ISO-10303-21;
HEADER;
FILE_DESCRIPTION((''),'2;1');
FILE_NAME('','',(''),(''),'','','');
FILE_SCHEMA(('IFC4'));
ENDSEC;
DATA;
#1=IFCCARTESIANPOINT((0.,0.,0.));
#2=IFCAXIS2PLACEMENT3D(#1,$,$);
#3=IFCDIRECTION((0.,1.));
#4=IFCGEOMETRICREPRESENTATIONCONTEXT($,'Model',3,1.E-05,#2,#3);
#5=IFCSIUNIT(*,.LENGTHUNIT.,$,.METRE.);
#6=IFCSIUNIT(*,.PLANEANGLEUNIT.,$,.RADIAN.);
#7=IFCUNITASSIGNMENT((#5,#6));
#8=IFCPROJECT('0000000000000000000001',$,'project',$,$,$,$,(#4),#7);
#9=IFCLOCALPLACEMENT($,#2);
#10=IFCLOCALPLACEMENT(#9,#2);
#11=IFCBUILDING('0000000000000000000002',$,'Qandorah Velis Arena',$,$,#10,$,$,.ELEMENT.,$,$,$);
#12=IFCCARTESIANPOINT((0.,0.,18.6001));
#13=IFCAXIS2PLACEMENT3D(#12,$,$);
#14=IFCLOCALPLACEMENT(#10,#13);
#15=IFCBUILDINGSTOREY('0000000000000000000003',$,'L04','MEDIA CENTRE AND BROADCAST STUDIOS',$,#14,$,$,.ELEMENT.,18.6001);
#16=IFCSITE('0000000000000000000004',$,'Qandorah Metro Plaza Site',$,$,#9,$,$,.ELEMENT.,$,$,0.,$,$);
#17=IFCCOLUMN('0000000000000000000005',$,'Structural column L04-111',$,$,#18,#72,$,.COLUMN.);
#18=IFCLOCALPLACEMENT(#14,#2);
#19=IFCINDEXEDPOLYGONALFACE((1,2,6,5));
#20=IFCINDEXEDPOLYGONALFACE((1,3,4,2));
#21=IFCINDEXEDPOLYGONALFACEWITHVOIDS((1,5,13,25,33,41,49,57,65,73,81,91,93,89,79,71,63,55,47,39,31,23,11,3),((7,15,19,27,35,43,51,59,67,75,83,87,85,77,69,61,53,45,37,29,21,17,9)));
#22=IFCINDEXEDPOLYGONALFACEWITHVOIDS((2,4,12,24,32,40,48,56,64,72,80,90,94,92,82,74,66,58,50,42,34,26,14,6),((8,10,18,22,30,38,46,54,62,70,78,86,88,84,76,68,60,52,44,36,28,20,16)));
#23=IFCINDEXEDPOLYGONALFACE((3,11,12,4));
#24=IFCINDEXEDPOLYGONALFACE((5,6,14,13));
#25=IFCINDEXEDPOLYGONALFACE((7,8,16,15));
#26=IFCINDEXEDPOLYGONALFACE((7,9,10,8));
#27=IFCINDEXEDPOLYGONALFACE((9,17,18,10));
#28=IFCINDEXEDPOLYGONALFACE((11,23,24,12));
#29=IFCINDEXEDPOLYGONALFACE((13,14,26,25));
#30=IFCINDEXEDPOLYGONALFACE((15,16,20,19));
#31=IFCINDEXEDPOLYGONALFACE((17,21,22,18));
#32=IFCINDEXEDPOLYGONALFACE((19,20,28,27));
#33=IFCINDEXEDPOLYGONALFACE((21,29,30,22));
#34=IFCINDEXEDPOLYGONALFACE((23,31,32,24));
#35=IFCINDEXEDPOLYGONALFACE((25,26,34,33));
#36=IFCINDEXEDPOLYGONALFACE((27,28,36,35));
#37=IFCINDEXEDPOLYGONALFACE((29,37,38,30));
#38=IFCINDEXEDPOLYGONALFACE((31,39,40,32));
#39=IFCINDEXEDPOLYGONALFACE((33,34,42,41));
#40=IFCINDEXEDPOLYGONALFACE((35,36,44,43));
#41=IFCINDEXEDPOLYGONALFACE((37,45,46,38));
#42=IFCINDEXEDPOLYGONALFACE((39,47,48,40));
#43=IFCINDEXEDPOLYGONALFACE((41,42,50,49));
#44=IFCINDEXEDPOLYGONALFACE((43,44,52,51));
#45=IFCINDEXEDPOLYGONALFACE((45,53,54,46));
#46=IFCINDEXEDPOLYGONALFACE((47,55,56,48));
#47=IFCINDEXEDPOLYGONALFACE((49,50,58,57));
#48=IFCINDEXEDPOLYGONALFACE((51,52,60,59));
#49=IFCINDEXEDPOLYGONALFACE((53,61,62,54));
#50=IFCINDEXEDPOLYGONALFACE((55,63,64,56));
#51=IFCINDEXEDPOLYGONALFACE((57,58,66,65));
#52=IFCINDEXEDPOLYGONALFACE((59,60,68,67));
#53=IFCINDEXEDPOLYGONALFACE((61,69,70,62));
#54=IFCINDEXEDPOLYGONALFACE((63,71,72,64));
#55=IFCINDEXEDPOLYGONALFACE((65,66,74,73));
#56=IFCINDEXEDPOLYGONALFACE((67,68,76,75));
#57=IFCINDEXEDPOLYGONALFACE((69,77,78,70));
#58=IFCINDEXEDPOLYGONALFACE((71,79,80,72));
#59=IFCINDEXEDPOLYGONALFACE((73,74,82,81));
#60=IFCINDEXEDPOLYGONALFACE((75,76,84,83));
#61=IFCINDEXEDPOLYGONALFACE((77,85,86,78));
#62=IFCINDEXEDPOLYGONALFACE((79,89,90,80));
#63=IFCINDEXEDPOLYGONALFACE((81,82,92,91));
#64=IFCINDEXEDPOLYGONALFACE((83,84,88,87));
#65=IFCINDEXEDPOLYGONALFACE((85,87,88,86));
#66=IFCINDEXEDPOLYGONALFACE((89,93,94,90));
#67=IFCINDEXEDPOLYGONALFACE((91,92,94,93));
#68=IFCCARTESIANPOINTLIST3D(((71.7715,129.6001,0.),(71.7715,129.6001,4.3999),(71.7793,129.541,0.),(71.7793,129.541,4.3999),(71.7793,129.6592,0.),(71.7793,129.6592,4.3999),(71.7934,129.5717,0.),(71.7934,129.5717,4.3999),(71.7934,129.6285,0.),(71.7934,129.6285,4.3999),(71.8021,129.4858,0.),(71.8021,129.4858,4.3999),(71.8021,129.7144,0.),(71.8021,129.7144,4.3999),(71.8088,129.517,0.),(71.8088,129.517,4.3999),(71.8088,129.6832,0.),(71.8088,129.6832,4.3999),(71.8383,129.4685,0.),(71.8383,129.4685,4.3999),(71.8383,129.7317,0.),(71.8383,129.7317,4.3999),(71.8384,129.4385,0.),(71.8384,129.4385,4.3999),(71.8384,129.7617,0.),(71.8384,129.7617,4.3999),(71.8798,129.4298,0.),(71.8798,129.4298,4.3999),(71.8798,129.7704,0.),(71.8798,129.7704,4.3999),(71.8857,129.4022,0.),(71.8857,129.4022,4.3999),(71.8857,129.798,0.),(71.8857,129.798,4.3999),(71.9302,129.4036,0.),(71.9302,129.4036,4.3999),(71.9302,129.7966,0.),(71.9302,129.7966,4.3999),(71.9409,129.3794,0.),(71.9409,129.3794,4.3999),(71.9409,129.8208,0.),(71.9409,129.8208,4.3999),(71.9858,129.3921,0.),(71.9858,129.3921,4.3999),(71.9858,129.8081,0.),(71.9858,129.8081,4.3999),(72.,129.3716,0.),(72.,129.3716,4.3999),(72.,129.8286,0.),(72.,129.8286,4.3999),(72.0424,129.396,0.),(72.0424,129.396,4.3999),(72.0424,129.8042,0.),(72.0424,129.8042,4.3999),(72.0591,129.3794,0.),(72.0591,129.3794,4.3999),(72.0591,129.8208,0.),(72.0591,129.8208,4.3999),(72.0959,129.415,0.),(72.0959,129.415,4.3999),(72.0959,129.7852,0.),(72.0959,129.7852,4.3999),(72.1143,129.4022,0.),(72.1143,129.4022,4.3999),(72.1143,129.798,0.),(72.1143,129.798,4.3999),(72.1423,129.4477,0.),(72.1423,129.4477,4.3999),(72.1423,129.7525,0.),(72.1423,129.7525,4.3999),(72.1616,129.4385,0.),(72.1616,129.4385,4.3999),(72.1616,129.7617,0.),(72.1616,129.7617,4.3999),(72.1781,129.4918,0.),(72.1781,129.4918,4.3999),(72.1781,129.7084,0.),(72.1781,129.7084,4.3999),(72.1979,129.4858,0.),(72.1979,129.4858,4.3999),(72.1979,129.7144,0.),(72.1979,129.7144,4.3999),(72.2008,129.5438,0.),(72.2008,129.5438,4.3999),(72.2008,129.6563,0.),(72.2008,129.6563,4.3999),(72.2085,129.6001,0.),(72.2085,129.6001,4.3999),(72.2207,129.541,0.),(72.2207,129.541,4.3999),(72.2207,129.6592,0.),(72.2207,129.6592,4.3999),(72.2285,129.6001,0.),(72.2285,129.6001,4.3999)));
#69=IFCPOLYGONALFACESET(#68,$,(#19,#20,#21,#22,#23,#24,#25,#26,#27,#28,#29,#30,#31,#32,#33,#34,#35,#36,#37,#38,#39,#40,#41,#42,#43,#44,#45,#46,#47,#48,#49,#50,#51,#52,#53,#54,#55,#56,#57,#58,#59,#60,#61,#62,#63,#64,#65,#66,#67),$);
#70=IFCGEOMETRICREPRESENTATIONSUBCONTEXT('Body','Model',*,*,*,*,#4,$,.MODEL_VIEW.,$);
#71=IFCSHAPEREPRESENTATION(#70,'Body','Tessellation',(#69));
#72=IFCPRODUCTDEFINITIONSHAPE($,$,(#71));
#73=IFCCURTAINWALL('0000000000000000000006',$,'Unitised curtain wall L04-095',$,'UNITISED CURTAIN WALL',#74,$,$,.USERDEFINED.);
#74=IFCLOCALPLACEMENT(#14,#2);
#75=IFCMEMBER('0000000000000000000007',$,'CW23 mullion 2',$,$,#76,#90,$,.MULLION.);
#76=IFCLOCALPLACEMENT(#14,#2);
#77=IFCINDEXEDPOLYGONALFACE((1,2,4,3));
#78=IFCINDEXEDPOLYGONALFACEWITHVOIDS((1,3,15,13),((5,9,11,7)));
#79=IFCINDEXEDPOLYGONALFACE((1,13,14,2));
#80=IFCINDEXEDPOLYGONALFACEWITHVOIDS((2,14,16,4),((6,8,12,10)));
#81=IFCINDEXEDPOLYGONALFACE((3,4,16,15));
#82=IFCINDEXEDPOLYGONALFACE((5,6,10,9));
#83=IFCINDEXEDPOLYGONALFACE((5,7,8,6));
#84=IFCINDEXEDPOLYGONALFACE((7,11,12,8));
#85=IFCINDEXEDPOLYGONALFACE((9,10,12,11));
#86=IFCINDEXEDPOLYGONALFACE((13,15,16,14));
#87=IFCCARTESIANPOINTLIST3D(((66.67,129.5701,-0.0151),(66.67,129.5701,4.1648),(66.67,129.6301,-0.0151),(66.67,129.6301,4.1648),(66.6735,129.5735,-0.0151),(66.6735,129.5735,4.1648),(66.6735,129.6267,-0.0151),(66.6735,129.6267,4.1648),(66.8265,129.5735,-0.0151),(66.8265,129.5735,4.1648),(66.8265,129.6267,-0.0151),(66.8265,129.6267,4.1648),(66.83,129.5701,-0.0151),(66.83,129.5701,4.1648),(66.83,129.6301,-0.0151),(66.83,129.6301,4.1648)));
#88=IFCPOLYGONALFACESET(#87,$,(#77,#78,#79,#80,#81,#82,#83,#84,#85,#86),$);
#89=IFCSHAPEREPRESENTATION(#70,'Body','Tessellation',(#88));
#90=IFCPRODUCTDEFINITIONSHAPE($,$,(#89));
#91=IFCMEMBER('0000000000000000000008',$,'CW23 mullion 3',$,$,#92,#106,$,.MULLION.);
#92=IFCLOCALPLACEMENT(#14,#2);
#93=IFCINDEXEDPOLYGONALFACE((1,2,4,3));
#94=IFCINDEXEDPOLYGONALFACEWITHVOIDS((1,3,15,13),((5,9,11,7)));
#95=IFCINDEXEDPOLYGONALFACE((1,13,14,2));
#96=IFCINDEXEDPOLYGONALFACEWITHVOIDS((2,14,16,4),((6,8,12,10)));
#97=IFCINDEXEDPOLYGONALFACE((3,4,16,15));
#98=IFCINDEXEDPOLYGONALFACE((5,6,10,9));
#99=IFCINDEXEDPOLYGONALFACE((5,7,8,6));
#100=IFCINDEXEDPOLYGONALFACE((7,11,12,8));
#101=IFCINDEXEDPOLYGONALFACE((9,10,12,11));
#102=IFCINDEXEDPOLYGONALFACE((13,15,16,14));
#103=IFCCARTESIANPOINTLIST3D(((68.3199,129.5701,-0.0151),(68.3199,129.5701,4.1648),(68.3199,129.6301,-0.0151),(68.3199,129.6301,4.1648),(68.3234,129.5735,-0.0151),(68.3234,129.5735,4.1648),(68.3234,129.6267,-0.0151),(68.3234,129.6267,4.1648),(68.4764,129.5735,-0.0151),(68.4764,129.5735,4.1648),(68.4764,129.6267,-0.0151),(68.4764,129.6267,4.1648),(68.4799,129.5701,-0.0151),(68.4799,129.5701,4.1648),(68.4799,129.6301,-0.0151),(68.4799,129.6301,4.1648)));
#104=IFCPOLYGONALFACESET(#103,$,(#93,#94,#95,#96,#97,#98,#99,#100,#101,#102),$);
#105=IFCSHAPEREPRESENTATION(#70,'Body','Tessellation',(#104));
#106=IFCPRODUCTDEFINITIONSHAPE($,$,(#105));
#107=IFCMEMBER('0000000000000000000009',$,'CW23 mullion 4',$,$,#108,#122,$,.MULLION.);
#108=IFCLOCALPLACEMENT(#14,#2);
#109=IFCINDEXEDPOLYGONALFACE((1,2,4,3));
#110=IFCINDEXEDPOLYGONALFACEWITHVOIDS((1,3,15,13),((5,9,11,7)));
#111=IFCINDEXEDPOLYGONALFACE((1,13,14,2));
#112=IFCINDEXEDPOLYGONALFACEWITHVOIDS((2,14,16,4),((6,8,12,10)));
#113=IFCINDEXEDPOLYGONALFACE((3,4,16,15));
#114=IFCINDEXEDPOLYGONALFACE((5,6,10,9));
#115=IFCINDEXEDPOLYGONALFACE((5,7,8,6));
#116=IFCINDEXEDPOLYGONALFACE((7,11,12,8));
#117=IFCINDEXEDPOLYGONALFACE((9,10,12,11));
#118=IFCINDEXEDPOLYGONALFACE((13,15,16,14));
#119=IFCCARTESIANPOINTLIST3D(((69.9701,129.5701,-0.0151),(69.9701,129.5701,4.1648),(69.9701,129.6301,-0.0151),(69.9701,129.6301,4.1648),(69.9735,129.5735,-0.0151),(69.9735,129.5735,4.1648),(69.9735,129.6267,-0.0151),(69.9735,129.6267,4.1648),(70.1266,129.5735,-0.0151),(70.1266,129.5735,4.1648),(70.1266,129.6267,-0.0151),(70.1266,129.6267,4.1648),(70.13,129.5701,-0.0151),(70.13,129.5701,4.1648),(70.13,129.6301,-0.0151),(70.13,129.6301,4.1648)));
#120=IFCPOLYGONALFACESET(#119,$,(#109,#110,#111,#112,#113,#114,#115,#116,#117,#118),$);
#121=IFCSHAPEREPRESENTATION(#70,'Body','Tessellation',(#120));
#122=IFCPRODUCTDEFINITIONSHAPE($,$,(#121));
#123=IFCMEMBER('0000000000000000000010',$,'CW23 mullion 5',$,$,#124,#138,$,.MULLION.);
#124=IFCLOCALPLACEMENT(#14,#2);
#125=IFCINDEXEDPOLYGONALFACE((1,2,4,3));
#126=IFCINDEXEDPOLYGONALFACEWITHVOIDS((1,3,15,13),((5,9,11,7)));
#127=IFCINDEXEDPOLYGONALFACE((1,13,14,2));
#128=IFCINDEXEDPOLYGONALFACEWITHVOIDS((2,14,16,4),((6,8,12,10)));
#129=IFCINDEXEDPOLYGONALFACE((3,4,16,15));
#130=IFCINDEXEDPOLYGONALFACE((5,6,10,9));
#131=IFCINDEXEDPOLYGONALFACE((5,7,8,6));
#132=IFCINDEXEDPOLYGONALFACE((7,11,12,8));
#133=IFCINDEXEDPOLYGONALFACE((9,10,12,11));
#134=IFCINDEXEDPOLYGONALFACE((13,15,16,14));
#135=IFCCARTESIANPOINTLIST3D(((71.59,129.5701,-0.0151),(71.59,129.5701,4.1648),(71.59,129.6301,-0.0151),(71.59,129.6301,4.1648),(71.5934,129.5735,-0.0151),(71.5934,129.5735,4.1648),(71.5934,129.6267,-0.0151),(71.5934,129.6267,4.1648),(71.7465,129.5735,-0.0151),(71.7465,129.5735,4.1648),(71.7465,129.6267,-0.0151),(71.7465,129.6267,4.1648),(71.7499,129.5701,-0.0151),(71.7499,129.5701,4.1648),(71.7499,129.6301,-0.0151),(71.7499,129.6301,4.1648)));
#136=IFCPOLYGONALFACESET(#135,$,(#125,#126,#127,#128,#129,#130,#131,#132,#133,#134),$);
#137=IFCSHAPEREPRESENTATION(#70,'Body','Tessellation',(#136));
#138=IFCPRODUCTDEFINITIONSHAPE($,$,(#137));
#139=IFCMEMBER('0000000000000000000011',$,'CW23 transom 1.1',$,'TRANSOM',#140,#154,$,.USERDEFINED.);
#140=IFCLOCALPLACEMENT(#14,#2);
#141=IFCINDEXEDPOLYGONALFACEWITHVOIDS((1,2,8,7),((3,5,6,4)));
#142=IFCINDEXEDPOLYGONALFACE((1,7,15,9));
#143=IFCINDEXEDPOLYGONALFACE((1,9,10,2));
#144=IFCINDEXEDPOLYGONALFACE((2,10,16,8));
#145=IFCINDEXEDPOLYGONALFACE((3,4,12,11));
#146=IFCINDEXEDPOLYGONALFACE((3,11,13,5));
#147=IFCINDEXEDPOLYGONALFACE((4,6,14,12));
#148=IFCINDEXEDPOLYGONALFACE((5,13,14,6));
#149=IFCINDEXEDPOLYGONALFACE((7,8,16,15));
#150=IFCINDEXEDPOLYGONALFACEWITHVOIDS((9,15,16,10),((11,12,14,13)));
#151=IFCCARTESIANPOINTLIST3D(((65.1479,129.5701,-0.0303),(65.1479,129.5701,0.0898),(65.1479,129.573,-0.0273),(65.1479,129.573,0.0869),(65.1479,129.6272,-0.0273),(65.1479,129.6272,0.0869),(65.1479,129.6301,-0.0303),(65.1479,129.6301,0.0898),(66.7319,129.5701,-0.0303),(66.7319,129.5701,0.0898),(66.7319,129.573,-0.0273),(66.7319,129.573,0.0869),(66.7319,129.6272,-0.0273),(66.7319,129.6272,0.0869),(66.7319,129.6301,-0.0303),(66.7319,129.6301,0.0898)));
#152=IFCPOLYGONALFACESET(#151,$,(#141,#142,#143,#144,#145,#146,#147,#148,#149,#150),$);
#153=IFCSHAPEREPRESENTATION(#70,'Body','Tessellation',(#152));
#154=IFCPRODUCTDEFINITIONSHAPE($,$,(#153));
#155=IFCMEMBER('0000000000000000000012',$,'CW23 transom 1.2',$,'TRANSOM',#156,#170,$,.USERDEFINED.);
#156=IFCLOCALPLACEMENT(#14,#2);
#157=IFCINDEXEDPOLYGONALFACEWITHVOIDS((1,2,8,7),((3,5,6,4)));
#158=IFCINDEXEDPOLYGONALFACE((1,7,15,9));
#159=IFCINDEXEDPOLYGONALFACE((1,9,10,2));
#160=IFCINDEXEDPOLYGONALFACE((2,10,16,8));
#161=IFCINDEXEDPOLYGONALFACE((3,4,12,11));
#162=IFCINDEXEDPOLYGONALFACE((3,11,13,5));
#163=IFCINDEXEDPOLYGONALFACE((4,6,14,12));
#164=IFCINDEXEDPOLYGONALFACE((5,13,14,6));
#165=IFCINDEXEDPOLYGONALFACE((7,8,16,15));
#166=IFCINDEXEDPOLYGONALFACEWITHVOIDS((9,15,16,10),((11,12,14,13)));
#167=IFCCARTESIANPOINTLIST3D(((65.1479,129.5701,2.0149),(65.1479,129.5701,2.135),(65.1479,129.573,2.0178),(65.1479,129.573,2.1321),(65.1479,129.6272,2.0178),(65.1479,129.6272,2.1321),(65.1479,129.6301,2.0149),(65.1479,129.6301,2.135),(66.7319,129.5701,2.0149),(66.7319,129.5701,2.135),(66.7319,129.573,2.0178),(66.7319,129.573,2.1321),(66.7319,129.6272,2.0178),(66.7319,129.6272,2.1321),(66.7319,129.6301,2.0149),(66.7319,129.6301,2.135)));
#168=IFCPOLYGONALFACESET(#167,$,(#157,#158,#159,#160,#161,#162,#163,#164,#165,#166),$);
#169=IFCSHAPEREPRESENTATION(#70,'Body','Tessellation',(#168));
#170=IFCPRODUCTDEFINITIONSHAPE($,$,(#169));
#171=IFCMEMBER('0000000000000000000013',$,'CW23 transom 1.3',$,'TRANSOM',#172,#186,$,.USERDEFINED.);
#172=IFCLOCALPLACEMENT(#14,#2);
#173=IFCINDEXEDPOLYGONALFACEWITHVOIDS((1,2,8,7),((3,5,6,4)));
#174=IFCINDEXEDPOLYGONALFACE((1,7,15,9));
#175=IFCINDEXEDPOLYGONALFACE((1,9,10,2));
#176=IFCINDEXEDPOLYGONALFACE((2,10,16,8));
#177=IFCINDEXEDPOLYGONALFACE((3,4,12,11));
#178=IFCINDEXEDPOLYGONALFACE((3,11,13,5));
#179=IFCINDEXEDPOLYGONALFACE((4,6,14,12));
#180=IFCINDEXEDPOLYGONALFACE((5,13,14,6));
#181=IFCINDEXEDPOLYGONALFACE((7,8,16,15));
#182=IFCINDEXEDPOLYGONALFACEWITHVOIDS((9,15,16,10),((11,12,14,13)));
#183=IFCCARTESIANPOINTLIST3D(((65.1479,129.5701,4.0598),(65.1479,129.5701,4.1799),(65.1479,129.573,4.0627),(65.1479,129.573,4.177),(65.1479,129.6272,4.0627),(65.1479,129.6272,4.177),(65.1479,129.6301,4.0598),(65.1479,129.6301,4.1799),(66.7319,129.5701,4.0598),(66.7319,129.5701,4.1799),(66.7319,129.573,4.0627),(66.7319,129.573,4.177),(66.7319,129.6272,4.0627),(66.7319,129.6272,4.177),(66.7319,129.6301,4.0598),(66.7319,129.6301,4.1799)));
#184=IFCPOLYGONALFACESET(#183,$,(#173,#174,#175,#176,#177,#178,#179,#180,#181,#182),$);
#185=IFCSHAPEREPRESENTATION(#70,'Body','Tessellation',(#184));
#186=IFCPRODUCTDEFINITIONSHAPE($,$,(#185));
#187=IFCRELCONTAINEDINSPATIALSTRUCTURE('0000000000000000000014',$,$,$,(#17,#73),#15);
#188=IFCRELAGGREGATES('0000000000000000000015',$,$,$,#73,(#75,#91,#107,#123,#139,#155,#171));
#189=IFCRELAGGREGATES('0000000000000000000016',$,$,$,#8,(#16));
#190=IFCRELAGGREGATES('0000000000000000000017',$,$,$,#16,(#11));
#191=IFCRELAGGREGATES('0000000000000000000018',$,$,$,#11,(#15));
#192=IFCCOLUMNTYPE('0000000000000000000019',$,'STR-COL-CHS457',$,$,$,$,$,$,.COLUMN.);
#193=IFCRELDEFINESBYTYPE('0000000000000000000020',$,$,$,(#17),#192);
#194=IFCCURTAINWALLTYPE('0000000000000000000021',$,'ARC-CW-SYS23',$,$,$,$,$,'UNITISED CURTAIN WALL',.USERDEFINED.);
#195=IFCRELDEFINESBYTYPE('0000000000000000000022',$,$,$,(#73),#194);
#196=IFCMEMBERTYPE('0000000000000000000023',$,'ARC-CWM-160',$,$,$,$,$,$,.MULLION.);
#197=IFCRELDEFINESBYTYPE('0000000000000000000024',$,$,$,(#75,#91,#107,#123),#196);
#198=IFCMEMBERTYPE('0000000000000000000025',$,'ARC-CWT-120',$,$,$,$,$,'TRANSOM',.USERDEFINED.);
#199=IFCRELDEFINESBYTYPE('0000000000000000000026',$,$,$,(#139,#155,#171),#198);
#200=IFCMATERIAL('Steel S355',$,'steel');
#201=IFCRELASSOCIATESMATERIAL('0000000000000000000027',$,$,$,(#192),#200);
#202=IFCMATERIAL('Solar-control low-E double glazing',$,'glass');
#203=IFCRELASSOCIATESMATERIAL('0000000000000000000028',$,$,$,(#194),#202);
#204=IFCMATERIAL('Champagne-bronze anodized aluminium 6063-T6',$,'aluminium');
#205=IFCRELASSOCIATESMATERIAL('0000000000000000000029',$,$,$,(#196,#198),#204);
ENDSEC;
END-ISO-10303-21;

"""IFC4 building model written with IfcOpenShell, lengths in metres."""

from ifc_helpers import new_model, si_unit, direction, frame, origin, origin_2d, place, context, subcontext, project, spatial, hollow_rectangle, hollow_circle, extrude, material, material_profile, profile_set, type_object, element, aggregate, save


model = new_model("IFC4")

# Units and contexts
model_context = context("Model", 3, precision=1e-05, world=origin(), true_north=direction((0.0, 1.0)))
body_context = subcontext(model_context, "Body", "Model", "MODEL_VIEW")
ifc_project = project(units=[si_unit("LENGTHUNIT", "METRE"), si_unit("PLANEANGLEUNIT", "RADIAN")], contexts=[model_context])

# Site, building, storey
site_placement = place(None, origin())
site = spatial("IfcSite", under=ifc_project, at=site_placement, Name="Qandorah Metro Plaza Site", CompositionType="ELEMENT", RefElevation=0.0)
building_placement = place(site_placement, origin())
building = spatial("IfcBuilding", under=site, at=building_placement, Name="Qandorah Velis Arena", CompositionType="ELEMENT")
storey_placement = place(building_placement, frame((0.0, 0.0, 18.6001)))
storey = spatial("IfcBuildingStorey", under=building, at=storey_placement, Name="L04", Description="MEDIA CENTRE AND BROADCAST STUDIOS", CompositionType="ELEMENT", Elevation=18.6001)

# Column
ifc_material_1 = material(Name="Steel S355", Category="steel")
ifc_material_profile_1 = material_profile(ifc_material_1, hollow_circle(Radius=0.2285, WallThickness=0.02, at=origin_2d()), Name="CHS 457x20")
ifc_profile_set_1 = profile_set([ifc_material_profile_1], Name="Steel S355")
column_type = type_object("IfcColumnType", Name="STR-COL-CHS457", PredefinedType="COLUMN", material=ifc_profile_set_1)
column_placement = place(storey_placement, frame((72.0, 129.6001, 0.0), z_axis=(0.0, 0.0, 1.0), x_axis=(1.0, 0.0, 0.0)))
element("IfcColumn", 1, at=column_placement, inside=storey, type_object=column_type, Name="Structural column L04-111", PredefinedType="COLUMN", context=body_context, shape_type="SweptSolid", body=[
    extrude(hollow_circle(Radius=0.2285, WallThickness=0.02, at=origin_2d()), origin(), (0.0, 0.0, 1.0), 4.3999),
])

# Curtain wall, members
ifc_material_2 = material(Name="Solar-control low-E double glazing", Category="glass")
curtain_wall_type = type_object("IfcCurtainWallType", Name="ARC-CW-SYS23", ElementType="UNITISED CURTAIN WALL", PredefinedType="USERDEFINED", material=ifc_material_2)
curtain_wall_placement = place(storey_placement, origin())
curtain_wall = element("IfcCurtainWall", 2, at=curtain_wall_placement, inside=storey, type_object=curtain_wall_type, Name="Unitised curtain wall L04-095", ObjectType="UNITISED CURTAIN WALL", PredefinedType="USERDEFINED")
ifc_material_3 = material(Name="Champagne-bronze anodized aluminium 6063-T6", Category="aluminium")
ifc_material_profile_2 = material_profile(ifc_material_3, hollow_rectangle(XDim=0.0601, YDim=0.1599, WallThickness=0.0034, at=origin_2d()), Name="ALU MULLION 60x160")
ifc_profile_set_2 = profile_set([ifc_material_profile_2], Name="Champagne-bronze anodized aluminium 6063-T6")
member_type_1 = type_object("IfcMemberType", Name="ARC-CWM-160", PredefinedType="MULLION", material=ifc_profile_set_2)
member_1_placement = place(storey_placement, frame((66.75, 129.6001, -0.0151), z_axis=(0.0, 0.0, 1.0), x_axis=(0.0, 1.0, 0.0)))
member_1 = element("IfcMember", 3, at=member_1_placement, type_object=member_type_1, Name="CW23 mullion 2", PredefinedType="MULLION", context=body_context, shape_type="SweptSolid", body=[
    extrude(hollow_rectangle(XDim=0.0601, YDim=0.1599, WallThickness=0.0034, at=origin_2d()), origin(), (0.0, 0.0, 1.0), 4.1799),
])
member_2_placement = place(storey_placement, frame((68.3999, 129.6001, -0.0151), z_axis=(0.0, 0.0, 1.0), x_axis=(0.0, 1.0, 0.0)))
member_2 = element("IfcMember", 4, at=member_2_placement, type_object=member_type_1, Name="CW23 mullion 3", PredefinedType="MULLION", context=body_context, shape_type="SweptSolid", body=[
    extrude(hollow_rectangle(XDim=0.0601, YDim=0.1599, WallThickness=0.0034, at=origin_2d()), origin(), (0.0, 0.0, 1.0), 4.1799),
])
member_3_placement = place(storey_placement, frame((70.05, 129.6001, -0.0151), z_axis=(0.0, 0.0, 1.0), x_axis=(0.0, 1.0, 0.0)))
member_3 = element("IfcMember", 5, at=member_3_placement, type_object=member_type_1, Name="CW23 mullion 4", PredefinedType="MULLION", context=body_context, shape_type="SweptSolid", body=[
    extrude(hollow_rectangle(XDim=0.0601, YDim=0.1599, WallThickness=0.0034, at=origin_2d()), origin(), (0.0, 0.0, 1.0), 4.1799),
])
member_4_placement = place(storey_placement, frame((71.6699, 129.6001, -0.0151), z_axis=(0.0, 0.0, 1.0), x_axis=(0.0, 1.0, 0.0)))
member_4 = element("IfcMember", 6, at=member_4_placement, type_object=member_type_1, Name="CW23 mullion 5", PredefinedType="MULLION", context=body_context, shape_type="SweptSolid", body=[
    extrude(hollow_rectangle(XDim=0.0601, YDim=0.1599, WallThickness=0.0034, at=origin_2d()), origin(), (0.0, 0.0, 1.0), 4.1799),
])
ifc_material_profile_3 = material_profile(ifc_material_3, hollow_rectangle(XDim=0.0601, YDim=0.1201, WallThickness=0.0029, at=origin_2d()), Name="ALU TRANSOM 60x120")
ifc_profile_set_3 = profile_set([ifc_material_profile_3], Name="Champagne-bronze anodized aluminium 6063-T6")
member_type_2 = type_object("IfcMemberType", Name="ARC-CWT-120", ElementType="TRANSOM", PredefinedType="USERDEFINED", material=ifc_profile_set_3)
member_5_placement = place(storey_placement, frame((65.1479, 129.6001, 0.0298), z_axis=(1.0, 0.0, 0.0), x_axis=(0.0, 1.0, 0.0)))
member_5 = element("IfcMember", 7, at=member_5_placement, type_object=member_type_2, Name="CW23 transom 1.1", ObjectType="TRANSOM", PredefinedType="USERDEFINED", context=body_context, shape_type="SweptSolid", body=[
    extrude(hollow_rectangle(XDim=0.0601, YDim=0.1201, WallThickness=0.0029, at=origin_2d()), origin(), (0.0, 0.0, 1.0), 1.584),
])
member_6_placement = place(storey_placement, frame((65.1479, 129.6001, 2.075), z_axis=(1.0, 0.0, 0.0), x_axis=(0.0, 1.0, 0.0)))
member_6 = element("IfcMember", 8, at=member_6_placement, type_object=member_type_2, Name="CW23 transom 1.2", ObjectType="TRANSOM", PredefinedType="USERDEFINED", context=body_context, shape_type="SweptSolid", body=[
    extrude(hollow_rectangle(XDim=0.0601, YDim=0.1201, WallThickness=0.0029, at=origin_2d()), origin(), (0.0, 0.0, 1.0), 1.584),
])
member_7_placement = place(storey_placement, frame((65.1479, 129.6001, 4.1199), z_axis=(1.0, 0.0, 0.0), x_axis=(0.0, 1.0, 0.0)))
member_7 = element("IfcMember", 9, at=member_7_placement, type_object=member_type_2, Name="CW23 transom 1.3", ObjectType="TRANSOM", PredefinedType="USERDEFINED", context=body_context, shape_type="SweptSolid", body=[
    extrude(hollow_rectangle(XDim=0.0601, YDim=0.1201, WallThickness=0.0029, at=origin_2d()), origin(), (0.0, 0.0, 1.0), 1.584),
])

aggregate(curtain_wall, [member_1, member_2, member_3, member_4, member_5, member_6, member_7])

save(model, "model.ifc")
